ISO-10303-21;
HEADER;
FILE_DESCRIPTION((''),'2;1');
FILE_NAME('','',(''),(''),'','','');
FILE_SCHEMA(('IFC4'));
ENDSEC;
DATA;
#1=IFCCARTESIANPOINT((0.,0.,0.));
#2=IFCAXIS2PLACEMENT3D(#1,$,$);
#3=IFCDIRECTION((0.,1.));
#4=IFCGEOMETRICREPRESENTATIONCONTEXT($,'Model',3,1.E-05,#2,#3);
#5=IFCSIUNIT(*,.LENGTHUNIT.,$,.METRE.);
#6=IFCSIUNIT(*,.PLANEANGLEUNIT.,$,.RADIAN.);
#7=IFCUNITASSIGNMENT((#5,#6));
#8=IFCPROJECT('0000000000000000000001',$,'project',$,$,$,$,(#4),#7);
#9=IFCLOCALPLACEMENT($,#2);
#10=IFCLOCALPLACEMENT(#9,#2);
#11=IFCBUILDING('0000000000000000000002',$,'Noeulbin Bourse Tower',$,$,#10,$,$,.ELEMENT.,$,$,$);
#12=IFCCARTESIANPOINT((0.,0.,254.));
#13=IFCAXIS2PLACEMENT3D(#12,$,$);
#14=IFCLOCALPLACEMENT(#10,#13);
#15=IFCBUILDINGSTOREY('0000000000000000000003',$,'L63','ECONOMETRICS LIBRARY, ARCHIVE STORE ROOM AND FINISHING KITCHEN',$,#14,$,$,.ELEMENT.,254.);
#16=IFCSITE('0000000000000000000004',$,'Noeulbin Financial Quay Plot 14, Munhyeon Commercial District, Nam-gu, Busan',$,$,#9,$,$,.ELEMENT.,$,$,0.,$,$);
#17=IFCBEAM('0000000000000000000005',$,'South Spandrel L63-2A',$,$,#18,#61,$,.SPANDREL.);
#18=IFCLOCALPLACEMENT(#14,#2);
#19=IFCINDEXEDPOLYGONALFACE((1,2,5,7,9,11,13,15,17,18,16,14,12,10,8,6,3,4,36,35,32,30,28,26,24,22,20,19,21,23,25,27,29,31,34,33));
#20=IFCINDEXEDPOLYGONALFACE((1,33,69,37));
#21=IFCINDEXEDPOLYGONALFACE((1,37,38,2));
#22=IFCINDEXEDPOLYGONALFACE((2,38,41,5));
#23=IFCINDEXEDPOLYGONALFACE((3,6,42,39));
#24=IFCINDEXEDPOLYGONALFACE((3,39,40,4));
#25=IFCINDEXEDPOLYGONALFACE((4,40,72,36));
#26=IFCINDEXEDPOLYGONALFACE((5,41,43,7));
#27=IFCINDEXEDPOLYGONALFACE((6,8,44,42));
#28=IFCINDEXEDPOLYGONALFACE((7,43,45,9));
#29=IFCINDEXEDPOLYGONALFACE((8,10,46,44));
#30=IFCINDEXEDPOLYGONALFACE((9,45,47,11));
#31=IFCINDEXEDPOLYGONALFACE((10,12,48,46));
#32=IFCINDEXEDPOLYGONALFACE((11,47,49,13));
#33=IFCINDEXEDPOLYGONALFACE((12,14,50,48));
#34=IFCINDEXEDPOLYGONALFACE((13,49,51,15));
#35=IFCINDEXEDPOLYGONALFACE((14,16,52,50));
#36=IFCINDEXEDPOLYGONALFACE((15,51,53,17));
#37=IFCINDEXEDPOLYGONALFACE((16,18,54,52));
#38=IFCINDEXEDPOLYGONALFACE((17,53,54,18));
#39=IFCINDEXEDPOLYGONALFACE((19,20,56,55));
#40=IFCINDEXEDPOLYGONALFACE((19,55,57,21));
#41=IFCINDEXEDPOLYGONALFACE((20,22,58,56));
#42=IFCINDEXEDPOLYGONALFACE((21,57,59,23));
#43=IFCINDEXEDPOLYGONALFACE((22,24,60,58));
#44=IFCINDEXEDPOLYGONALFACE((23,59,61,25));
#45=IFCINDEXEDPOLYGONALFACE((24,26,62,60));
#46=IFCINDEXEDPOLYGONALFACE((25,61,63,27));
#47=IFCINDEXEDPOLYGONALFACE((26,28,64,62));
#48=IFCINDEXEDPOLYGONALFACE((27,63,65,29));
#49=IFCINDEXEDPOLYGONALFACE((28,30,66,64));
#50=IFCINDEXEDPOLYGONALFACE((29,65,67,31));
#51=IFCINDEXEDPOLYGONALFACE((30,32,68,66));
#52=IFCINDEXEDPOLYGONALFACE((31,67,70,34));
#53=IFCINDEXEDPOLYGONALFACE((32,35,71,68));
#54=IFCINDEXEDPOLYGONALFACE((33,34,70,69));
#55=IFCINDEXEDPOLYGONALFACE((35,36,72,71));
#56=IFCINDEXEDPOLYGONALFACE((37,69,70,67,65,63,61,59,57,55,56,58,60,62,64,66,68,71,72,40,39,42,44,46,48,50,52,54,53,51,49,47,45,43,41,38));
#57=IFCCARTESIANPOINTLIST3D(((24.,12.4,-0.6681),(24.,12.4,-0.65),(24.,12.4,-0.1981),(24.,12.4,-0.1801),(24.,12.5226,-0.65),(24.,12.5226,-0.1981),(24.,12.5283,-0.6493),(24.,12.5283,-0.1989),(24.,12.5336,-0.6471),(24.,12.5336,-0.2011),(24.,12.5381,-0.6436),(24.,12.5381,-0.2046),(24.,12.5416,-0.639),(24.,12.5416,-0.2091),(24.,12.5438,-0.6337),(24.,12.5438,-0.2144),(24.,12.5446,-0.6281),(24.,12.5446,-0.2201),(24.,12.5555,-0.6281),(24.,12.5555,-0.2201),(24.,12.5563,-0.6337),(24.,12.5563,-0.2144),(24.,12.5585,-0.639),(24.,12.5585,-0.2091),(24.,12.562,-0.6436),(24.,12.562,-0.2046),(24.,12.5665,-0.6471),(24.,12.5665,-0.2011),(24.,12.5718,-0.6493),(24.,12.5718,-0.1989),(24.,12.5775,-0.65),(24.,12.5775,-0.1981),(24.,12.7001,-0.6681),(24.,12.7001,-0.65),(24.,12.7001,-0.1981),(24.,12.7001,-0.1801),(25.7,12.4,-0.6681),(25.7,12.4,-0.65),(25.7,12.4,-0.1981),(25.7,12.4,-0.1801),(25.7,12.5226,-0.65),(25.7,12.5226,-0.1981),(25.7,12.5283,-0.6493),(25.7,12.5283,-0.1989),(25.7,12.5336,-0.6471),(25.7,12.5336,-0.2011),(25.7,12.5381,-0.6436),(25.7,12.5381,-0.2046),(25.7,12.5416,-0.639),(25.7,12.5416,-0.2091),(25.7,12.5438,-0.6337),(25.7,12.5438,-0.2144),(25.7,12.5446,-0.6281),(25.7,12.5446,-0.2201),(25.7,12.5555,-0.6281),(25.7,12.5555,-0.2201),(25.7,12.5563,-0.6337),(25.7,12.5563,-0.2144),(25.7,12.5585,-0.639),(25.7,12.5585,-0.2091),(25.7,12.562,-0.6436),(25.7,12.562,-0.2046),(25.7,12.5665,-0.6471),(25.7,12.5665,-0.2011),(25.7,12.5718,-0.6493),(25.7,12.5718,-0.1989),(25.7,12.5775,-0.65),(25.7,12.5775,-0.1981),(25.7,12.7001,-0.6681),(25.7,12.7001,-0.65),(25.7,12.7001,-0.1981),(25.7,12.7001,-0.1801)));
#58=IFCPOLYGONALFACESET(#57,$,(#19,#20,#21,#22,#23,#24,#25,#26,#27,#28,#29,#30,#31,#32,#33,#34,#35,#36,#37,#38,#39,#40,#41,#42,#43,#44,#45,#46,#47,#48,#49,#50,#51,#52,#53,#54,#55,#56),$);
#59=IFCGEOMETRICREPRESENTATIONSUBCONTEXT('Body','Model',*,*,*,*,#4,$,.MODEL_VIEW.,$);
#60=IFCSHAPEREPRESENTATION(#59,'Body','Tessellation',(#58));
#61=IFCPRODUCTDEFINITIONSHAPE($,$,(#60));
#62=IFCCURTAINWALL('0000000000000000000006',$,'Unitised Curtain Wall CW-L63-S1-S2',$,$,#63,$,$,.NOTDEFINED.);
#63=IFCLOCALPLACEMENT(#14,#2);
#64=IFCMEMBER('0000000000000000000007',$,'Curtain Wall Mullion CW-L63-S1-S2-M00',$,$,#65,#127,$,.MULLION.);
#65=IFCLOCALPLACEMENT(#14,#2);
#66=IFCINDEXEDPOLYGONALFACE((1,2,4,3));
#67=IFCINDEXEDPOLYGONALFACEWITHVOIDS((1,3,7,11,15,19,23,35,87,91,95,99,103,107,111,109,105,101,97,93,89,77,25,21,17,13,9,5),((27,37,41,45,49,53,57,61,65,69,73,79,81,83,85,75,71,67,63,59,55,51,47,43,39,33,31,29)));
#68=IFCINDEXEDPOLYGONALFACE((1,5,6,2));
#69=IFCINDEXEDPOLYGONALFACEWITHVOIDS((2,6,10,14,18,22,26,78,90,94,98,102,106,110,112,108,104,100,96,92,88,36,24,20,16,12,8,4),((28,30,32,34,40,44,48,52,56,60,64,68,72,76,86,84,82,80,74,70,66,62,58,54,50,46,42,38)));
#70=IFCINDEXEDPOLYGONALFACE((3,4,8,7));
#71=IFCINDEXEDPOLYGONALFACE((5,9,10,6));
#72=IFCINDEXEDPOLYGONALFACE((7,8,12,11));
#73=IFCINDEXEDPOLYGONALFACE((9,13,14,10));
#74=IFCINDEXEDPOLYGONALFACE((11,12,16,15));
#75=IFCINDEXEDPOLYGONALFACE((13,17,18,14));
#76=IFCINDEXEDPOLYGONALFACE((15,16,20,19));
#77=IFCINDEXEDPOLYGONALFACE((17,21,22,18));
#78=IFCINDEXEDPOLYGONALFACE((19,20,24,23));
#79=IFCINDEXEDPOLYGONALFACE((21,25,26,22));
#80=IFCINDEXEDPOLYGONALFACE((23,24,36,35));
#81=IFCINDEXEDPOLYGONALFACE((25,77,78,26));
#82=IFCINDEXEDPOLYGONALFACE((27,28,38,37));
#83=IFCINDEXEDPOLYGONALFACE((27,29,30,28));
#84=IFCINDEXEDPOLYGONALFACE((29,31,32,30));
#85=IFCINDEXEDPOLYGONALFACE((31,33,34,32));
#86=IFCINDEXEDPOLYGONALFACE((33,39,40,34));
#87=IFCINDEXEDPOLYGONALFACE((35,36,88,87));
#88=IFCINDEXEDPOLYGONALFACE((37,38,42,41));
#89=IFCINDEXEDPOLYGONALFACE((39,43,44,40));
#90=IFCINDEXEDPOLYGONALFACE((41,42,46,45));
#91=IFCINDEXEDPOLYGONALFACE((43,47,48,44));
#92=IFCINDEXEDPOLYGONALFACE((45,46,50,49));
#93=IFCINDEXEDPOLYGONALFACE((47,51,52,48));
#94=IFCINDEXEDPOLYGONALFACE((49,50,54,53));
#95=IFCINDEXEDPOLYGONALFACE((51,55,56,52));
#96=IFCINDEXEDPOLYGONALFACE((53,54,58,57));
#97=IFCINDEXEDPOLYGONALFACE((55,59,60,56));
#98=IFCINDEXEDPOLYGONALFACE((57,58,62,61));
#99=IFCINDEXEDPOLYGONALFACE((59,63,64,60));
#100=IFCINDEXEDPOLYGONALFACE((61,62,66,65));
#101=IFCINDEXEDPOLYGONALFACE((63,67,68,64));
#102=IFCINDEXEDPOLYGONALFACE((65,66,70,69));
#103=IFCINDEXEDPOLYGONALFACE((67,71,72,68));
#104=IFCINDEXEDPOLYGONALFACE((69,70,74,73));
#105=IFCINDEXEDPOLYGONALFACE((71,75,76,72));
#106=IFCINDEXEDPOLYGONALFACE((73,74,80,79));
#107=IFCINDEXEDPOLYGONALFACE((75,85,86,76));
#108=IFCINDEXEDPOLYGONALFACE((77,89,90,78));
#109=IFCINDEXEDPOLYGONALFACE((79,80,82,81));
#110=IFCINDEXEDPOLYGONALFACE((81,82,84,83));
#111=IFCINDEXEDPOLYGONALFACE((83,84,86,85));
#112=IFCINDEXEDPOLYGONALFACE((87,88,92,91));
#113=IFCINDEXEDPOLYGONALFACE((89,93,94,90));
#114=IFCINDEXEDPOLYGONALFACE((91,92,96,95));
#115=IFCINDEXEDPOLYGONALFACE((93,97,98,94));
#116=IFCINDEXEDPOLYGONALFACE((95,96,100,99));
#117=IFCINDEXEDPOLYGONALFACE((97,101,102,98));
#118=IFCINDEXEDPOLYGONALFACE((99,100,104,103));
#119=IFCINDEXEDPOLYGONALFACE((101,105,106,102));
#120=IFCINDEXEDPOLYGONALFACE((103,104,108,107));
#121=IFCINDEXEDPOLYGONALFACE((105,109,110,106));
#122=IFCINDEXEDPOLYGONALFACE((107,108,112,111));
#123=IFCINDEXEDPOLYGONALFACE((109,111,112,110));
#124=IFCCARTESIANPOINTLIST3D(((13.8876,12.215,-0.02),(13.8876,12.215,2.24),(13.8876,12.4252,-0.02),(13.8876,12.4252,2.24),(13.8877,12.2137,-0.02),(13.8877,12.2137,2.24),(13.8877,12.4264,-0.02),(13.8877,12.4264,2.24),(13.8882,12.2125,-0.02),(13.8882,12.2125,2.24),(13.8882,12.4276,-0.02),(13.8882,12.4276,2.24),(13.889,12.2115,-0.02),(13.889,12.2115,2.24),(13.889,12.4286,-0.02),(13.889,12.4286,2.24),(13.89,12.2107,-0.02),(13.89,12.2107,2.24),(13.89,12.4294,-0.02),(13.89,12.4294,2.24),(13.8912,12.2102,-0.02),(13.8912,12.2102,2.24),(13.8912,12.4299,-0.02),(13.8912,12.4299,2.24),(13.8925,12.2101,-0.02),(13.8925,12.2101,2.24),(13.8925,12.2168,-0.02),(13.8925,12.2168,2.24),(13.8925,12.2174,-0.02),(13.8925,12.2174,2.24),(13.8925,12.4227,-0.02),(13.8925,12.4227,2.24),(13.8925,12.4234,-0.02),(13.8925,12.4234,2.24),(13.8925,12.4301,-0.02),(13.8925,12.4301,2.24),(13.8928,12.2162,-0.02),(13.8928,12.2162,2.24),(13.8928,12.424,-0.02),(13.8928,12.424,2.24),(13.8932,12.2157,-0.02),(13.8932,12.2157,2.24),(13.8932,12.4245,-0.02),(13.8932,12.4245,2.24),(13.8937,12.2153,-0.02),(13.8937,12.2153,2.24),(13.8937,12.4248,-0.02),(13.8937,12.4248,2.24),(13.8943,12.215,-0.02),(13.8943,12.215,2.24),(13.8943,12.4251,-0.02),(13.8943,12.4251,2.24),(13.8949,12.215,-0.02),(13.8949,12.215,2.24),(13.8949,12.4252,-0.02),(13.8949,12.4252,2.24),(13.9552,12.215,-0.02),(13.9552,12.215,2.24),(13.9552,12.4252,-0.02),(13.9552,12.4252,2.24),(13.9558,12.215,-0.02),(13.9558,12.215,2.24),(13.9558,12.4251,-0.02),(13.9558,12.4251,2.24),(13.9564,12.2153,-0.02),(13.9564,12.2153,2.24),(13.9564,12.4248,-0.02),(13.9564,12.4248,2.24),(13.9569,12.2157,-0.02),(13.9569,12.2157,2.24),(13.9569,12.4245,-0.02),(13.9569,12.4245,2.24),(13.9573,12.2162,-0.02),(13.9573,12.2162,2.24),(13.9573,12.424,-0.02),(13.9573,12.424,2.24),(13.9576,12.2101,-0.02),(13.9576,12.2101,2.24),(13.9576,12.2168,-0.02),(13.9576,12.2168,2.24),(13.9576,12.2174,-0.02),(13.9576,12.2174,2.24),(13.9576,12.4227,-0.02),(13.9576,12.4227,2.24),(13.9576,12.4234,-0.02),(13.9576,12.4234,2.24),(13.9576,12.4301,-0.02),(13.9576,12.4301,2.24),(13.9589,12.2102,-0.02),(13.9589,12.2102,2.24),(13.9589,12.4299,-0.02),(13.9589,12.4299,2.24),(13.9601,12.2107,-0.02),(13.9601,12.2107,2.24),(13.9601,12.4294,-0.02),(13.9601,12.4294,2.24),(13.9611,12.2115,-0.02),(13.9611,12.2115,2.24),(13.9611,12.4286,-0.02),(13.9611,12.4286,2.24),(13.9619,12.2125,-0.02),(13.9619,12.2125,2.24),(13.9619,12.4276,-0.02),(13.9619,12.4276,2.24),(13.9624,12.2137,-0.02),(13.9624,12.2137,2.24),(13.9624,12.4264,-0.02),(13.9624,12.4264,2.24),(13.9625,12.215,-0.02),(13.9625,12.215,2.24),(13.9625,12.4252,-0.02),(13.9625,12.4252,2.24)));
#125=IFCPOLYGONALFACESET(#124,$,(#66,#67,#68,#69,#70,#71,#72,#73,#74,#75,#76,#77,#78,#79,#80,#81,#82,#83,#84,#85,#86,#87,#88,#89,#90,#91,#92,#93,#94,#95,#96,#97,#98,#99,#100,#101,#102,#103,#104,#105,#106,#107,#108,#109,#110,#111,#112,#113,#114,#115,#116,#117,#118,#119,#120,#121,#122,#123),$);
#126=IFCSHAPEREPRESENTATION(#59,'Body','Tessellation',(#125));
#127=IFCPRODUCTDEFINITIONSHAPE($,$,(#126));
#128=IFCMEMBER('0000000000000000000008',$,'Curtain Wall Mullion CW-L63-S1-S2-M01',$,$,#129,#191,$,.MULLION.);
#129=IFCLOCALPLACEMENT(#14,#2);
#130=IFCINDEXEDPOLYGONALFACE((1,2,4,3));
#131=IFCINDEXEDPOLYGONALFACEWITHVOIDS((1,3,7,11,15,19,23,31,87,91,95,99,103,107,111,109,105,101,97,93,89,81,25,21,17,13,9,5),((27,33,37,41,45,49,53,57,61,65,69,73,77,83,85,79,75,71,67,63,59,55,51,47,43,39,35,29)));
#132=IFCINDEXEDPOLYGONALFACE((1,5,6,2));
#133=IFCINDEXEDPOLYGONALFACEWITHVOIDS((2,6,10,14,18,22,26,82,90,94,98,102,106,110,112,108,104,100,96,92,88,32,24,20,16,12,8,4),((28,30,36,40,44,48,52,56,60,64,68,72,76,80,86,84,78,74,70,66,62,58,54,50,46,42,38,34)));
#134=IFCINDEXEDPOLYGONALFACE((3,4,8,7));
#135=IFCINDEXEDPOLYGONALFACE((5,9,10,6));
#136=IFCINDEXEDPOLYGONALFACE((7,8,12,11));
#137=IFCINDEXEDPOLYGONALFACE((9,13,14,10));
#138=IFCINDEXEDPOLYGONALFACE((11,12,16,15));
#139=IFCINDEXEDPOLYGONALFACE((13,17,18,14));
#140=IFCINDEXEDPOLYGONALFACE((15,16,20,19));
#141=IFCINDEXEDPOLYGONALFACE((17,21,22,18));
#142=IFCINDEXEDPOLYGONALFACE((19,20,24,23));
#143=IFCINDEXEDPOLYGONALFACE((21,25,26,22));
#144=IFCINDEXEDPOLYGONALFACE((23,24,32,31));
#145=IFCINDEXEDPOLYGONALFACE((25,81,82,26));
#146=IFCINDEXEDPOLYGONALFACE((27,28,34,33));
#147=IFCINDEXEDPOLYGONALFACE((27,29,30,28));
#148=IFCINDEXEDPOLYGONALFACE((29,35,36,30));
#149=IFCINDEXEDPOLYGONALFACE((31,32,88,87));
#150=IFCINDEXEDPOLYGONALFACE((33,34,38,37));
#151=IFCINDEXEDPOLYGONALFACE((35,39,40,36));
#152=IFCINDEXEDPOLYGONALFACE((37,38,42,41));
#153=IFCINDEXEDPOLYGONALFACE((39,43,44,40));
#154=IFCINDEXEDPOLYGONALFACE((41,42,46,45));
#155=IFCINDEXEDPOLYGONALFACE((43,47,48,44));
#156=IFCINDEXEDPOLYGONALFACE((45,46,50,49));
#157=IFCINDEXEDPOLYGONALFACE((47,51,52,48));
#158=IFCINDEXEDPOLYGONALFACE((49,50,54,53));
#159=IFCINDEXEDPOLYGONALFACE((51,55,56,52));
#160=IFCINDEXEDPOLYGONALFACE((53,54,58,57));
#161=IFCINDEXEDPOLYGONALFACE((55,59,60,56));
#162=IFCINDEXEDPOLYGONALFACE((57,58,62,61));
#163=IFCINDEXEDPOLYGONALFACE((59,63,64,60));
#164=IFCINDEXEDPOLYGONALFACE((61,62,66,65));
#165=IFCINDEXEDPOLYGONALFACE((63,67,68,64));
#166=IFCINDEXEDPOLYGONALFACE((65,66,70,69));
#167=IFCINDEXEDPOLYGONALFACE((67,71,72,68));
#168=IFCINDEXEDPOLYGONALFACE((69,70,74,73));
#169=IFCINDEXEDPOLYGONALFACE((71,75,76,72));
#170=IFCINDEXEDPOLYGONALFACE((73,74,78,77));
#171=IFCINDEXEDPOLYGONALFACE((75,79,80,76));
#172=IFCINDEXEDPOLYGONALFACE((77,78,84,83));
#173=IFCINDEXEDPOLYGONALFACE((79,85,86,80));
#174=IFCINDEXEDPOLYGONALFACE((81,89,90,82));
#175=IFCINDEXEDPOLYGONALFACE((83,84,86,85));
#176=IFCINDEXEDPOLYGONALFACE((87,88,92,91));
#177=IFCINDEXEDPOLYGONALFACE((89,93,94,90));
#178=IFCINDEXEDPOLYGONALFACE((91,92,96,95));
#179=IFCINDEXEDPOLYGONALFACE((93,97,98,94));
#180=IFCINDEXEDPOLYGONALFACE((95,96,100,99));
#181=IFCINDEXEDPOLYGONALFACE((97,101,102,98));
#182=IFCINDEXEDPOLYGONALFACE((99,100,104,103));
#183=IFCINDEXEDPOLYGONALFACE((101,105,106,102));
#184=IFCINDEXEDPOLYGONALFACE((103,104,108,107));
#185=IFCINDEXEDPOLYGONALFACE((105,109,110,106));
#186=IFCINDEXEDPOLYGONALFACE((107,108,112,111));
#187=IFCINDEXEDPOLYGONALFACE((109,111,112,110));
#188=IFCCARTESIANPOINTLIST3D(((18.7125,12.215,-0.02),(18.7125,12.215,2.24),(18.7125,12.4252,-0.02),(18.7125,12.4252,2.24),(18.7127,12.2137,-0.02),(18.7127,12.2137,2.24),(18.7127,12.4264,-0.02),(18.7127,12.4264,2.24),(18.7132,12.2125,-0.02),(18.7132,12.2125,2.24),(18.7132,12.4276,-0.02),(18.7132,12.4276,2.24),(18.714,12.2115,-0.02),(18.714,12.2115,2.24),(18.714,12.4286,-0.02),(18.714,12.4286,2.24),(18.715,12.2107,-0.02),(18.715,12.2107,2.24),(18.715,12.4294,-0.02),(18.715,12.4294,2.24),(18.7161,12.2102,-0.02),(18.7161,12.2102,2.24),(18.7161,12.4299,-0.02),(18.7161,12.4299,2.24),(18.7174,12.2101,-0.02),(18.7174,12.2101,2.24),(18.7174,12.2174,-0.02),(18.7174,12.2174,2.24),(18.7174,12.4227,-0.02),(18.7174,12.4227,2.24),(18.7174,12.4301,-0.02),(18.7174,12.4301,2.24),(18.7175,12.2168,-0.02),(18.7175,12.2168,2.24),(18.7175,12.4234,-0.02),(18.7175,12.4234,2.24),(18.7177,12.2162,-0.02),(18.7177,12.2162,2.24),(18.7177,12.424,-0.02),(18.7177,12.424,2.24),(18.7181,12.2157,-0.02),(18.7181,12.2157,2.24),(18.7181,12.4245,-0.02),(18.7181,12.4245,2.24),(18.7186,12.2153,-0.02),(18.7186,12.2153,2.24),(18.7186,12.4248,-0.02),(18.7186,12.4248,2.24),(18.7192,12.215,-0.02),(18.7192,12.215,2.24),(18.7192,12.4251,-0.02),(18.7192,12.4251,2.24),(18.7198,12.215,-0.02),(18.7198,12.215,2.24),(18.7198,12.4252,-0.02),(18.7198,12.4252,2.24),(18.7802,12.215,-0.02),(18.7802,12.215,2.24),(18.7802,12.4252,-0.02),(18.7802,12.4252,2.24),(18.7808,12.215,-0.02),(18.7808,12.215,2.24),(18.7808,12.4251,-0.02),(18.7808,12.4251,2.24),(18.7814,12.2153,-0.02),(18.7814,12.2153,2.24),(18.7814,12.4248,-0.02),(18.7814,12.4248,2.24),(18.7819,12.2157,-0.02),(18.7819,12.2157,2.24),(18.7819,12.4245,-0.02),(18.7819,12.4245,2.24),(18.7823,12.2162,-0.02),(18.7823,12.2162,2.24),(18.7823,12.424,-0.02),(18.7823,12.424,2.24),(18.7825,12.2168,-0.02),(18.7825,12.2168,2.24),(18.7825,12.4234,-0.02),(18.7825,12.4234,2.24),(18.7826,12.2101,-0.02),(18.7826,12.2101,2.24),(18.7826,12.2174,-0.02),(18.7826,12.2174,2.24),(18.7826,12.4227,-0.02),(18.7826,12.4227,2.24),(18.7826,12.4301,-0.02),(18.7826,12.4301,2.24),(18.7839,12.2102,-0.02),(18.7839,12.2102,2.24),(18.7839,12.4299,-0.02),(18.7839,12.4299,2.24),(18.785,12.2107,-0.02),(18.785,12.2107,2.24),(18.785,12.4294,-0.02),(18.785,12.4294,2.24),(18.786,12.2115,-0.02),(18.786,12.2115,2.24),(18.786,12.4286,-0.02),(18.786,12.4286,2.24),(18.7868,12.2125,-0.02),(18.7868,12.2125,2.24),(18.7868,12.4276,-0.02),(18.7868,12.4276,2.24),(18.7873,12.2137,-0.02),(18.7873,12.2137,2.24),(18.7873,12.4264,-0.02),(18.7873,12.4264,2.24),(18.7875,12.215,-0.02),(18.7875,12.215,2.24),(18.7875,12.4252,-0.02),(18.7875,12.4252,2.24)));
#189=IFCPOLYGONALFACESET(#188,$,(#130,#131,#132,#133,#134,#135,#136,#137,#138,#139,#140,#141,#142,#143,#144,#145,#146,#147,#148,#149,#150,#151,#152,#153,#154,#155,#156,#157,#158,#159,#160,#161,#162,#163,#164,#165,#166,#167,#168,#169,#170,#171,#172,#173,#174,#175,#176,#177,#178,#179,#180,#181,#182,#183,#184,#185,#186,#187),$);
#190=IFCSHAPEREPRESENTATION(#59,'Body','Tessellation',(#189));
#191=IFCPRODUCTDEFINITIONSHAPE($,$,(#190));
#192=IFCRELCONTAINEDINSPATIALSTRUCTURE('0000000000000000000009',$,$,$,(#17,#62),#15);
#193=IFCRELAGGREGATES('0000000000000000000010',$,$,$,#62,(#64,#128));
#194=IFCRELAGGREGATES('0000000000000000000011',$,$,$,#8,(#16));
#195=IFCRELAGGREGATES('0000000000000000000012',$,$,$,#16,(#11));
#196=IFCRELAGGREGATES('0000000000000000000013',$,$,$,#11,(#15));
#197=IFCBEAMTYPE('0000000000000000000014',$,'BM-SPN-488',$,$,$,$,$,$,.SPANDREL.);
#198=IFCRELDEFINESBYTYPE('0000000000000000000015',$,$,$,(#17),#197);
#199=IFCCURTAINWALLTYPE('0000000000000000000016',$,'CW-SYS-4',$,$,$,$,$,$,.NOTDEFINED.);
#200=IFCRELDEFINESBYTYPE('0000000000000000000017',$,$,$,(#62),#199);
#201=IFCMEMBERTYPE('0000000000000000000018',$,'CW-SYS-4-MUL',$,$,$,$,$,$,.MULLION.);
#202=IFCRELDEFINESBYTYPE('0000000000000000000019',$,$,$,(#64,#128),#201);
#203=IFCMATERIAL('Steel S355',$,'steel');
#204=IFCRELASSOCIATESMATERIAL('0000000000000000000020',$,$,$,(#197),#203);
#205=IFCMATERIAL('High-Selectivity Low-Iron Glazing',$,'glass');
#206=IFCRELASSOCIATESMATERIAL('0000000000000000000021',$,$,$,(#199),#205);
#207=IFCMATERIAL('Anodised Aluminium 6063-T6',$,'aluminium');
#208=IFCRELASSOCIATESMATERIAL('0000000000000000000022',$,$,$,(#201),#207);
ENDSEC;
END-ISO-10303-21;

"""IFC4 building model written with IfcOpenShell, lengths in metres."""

from ifc_helpers import new_model, si_unit, direction, frame, origin, origin_2d, place, context, subcontext, project, spatial, hollow_rectangle, i_section, extrude, material, material_profile, profile_set, type_object, element, aggregate, save


model = new_model("IFC4")

# Units and contexts
model_context = context("Model", 3, precision=1e-05, world=origin(), true_north=direction((0.0, 1.0)))
body_context = subcontext(model_context, "Body", "Model", "MODEL_VIEW")
ifc_project = project(units=[si_unit("LENGTHUNIT", "METRE"), si_unit("PLANEANGLEUNIT", "RADIAN")], contexts=[model_context])

# Site, building, storey
site_placement = place(None, origin())
site = spatial("IfcSite", under=ifc_project, at=site_placement, Name="Noeulbin Financial Quay Plot 14, Munhyeon Commercial District, Nam-gu, Busan", CompositionType="ELEMENT", RefElevation=0.0)
building_placement = place(site_placement, origin())
building = spatial("IfcBuilding", under=site, at=building_placement, Name="Noeulbin Bourse Tower", CompositionType="ELEMENT")
storey_placement = place(building_placement, frame((0.0, 0.0, 254.0)))
storey = spatial("IfcBuildingStorey", under=building, at=storey_placement, Name="L63", Description="ECONOMETRICS LIBRARY, ARCHIVE STORE ROOM AND FINISHING KITCHEN", CompositionType="ELEMENT", Elevation=254.0)

# Shared definitions
ifc_material_1 = material(Name="Steel S355", Category="steel")

# Beam
ifc_material_profile_1 = material_profile(ifc_material_1, i_section(OverallWidth=0.3, OverallDepth=0.488, WebThickness=0.011, FlangeThickness=0.0181, FilletRadius=0.022, at=origin_2d()), Name="H-488x300x11x18", Category="LoadBearing")
ifc_profile_set_1 = profile_set([ifc_material_profile_1], Name="Steel S355")
beam_type_1 = type_object("IfcBeamType", Name="BM-SPN-488", PredefinedType="SPANDREL", material=ifc_profile_set_1)
beam_1_placement = place(storey_placement, frame((24.0, 12.55, -0.4241), z_axis=(1.0, 0.0, 0.0), x_axis=(0.0, 1.0, 0.0)))
element("IfcBeam", 1, at=beam_1_placement, inside=storey, type_object=beam_type_1, Name="South Spandrel L63-2A", PredefinedType="SPANDREL", context=body_context, shape_type="SweptSolid", body=[
    extrude(i_section(OverallWidth=0.3, OverallDepth=0.488, WebThickness=0.011, FlangeThickness=0.0181, FilletRadius=0.022, at=origin_2d()), origin(), (0.0, 0.0, 1.0), 1.7),
])

# Curtain wall, members
ifc_material_2 = material(Name="High-Selectivity Low-Iron Glazing", Category="glass")
curtain_wall_type = type_object("IfcCurtainWallType", Name="CW-SYS-4", PredefinedType="NOTDEFINED", material=ifc_material_2)
curtain_wall_placement = place(storey_placement, origin())
curtain_wall = element("IfcCurtainWall", 2, at=curtain_wall_placement, inside=storey, type_object=curtain_wall_type, Name="Unitised Curtain Wall CW-L63-S1-S2", PredefinedType="NOTDEFINED")
ifc_material_3 = material(Name="Anodised Aluminium 6063-T6", Category="aluminium")
ifc_material_profile_2 = material_profile(ifc_material_3, hollow_rectangle(XDim=0.075, YDim=0.22, WallThickness=0.0049, InnerFilletRadius=0.0024, OuterFilletRadius=0.0049, at=origin_2d()), Name="ALU-MULL-75x220x5", Category="LoadBearing")
ifc_profile_set_2 = profile_set([ifc_material_profile_2], Name="Anodised Aluminium 6063-T6")
member_type_1 = type_object("IfcMemberType", Name="CW-SYS-4-MUL", PredefinedType="MULLION", material=ifc_profile_set_2)
member_1_placement = place(storey_placement, frame((13.925, 12.3201, -0.02), z_axis=(0.0, 0.0, 1.0), x_axis=(1.0, 0.0, 0.0)))
member_1 = element("IfcMember", 3, at=member_1_placement, type_object=member_type_1, Name="Curtain Wall Mullion CW-L63-S1-S2-M00", PredefinedType="MULLION", context=body_context, shape_type="SweptSolid", body=[
    extrude(hollow_rectangle(XDim=0.075, YDim=0.22, WallThickness=0.0049, InnerFilletRadius=0.0024, OuterFilletRadius=0.0049, at=origin_2d()), origin(), (0.0, 0.0, 1.0), 2.26),
])
member_2_placement = place(storey_placement, frame((18.75, 12.3201, -0.02), z_axis=(0.0, 0.0, 1.0), x_axis=(1.0, 0.0, 0.0)))
member_2 = element("IfcMember", 4, at=member_2_placement, type_object=member_type_1, Name="Curtain Wall Mullion CW-L63-S1-S2-M01", PredefinedType="MULLION", context=body_context, shape_type="SweptSolid", body=[
    extrude(hollow_rectangle(XDim=0.075, YDim=0.22, WallThickness=0.0049, InnerFilletRadius=0.0024, OuterFilletRadius=0.0049, at=origin_2d()), origin(), (0.0, 0.0, 1.0), 2.26),
])
aggregate(curtain_wall, [member_1, member_2])

save(model, "model.ifc")
